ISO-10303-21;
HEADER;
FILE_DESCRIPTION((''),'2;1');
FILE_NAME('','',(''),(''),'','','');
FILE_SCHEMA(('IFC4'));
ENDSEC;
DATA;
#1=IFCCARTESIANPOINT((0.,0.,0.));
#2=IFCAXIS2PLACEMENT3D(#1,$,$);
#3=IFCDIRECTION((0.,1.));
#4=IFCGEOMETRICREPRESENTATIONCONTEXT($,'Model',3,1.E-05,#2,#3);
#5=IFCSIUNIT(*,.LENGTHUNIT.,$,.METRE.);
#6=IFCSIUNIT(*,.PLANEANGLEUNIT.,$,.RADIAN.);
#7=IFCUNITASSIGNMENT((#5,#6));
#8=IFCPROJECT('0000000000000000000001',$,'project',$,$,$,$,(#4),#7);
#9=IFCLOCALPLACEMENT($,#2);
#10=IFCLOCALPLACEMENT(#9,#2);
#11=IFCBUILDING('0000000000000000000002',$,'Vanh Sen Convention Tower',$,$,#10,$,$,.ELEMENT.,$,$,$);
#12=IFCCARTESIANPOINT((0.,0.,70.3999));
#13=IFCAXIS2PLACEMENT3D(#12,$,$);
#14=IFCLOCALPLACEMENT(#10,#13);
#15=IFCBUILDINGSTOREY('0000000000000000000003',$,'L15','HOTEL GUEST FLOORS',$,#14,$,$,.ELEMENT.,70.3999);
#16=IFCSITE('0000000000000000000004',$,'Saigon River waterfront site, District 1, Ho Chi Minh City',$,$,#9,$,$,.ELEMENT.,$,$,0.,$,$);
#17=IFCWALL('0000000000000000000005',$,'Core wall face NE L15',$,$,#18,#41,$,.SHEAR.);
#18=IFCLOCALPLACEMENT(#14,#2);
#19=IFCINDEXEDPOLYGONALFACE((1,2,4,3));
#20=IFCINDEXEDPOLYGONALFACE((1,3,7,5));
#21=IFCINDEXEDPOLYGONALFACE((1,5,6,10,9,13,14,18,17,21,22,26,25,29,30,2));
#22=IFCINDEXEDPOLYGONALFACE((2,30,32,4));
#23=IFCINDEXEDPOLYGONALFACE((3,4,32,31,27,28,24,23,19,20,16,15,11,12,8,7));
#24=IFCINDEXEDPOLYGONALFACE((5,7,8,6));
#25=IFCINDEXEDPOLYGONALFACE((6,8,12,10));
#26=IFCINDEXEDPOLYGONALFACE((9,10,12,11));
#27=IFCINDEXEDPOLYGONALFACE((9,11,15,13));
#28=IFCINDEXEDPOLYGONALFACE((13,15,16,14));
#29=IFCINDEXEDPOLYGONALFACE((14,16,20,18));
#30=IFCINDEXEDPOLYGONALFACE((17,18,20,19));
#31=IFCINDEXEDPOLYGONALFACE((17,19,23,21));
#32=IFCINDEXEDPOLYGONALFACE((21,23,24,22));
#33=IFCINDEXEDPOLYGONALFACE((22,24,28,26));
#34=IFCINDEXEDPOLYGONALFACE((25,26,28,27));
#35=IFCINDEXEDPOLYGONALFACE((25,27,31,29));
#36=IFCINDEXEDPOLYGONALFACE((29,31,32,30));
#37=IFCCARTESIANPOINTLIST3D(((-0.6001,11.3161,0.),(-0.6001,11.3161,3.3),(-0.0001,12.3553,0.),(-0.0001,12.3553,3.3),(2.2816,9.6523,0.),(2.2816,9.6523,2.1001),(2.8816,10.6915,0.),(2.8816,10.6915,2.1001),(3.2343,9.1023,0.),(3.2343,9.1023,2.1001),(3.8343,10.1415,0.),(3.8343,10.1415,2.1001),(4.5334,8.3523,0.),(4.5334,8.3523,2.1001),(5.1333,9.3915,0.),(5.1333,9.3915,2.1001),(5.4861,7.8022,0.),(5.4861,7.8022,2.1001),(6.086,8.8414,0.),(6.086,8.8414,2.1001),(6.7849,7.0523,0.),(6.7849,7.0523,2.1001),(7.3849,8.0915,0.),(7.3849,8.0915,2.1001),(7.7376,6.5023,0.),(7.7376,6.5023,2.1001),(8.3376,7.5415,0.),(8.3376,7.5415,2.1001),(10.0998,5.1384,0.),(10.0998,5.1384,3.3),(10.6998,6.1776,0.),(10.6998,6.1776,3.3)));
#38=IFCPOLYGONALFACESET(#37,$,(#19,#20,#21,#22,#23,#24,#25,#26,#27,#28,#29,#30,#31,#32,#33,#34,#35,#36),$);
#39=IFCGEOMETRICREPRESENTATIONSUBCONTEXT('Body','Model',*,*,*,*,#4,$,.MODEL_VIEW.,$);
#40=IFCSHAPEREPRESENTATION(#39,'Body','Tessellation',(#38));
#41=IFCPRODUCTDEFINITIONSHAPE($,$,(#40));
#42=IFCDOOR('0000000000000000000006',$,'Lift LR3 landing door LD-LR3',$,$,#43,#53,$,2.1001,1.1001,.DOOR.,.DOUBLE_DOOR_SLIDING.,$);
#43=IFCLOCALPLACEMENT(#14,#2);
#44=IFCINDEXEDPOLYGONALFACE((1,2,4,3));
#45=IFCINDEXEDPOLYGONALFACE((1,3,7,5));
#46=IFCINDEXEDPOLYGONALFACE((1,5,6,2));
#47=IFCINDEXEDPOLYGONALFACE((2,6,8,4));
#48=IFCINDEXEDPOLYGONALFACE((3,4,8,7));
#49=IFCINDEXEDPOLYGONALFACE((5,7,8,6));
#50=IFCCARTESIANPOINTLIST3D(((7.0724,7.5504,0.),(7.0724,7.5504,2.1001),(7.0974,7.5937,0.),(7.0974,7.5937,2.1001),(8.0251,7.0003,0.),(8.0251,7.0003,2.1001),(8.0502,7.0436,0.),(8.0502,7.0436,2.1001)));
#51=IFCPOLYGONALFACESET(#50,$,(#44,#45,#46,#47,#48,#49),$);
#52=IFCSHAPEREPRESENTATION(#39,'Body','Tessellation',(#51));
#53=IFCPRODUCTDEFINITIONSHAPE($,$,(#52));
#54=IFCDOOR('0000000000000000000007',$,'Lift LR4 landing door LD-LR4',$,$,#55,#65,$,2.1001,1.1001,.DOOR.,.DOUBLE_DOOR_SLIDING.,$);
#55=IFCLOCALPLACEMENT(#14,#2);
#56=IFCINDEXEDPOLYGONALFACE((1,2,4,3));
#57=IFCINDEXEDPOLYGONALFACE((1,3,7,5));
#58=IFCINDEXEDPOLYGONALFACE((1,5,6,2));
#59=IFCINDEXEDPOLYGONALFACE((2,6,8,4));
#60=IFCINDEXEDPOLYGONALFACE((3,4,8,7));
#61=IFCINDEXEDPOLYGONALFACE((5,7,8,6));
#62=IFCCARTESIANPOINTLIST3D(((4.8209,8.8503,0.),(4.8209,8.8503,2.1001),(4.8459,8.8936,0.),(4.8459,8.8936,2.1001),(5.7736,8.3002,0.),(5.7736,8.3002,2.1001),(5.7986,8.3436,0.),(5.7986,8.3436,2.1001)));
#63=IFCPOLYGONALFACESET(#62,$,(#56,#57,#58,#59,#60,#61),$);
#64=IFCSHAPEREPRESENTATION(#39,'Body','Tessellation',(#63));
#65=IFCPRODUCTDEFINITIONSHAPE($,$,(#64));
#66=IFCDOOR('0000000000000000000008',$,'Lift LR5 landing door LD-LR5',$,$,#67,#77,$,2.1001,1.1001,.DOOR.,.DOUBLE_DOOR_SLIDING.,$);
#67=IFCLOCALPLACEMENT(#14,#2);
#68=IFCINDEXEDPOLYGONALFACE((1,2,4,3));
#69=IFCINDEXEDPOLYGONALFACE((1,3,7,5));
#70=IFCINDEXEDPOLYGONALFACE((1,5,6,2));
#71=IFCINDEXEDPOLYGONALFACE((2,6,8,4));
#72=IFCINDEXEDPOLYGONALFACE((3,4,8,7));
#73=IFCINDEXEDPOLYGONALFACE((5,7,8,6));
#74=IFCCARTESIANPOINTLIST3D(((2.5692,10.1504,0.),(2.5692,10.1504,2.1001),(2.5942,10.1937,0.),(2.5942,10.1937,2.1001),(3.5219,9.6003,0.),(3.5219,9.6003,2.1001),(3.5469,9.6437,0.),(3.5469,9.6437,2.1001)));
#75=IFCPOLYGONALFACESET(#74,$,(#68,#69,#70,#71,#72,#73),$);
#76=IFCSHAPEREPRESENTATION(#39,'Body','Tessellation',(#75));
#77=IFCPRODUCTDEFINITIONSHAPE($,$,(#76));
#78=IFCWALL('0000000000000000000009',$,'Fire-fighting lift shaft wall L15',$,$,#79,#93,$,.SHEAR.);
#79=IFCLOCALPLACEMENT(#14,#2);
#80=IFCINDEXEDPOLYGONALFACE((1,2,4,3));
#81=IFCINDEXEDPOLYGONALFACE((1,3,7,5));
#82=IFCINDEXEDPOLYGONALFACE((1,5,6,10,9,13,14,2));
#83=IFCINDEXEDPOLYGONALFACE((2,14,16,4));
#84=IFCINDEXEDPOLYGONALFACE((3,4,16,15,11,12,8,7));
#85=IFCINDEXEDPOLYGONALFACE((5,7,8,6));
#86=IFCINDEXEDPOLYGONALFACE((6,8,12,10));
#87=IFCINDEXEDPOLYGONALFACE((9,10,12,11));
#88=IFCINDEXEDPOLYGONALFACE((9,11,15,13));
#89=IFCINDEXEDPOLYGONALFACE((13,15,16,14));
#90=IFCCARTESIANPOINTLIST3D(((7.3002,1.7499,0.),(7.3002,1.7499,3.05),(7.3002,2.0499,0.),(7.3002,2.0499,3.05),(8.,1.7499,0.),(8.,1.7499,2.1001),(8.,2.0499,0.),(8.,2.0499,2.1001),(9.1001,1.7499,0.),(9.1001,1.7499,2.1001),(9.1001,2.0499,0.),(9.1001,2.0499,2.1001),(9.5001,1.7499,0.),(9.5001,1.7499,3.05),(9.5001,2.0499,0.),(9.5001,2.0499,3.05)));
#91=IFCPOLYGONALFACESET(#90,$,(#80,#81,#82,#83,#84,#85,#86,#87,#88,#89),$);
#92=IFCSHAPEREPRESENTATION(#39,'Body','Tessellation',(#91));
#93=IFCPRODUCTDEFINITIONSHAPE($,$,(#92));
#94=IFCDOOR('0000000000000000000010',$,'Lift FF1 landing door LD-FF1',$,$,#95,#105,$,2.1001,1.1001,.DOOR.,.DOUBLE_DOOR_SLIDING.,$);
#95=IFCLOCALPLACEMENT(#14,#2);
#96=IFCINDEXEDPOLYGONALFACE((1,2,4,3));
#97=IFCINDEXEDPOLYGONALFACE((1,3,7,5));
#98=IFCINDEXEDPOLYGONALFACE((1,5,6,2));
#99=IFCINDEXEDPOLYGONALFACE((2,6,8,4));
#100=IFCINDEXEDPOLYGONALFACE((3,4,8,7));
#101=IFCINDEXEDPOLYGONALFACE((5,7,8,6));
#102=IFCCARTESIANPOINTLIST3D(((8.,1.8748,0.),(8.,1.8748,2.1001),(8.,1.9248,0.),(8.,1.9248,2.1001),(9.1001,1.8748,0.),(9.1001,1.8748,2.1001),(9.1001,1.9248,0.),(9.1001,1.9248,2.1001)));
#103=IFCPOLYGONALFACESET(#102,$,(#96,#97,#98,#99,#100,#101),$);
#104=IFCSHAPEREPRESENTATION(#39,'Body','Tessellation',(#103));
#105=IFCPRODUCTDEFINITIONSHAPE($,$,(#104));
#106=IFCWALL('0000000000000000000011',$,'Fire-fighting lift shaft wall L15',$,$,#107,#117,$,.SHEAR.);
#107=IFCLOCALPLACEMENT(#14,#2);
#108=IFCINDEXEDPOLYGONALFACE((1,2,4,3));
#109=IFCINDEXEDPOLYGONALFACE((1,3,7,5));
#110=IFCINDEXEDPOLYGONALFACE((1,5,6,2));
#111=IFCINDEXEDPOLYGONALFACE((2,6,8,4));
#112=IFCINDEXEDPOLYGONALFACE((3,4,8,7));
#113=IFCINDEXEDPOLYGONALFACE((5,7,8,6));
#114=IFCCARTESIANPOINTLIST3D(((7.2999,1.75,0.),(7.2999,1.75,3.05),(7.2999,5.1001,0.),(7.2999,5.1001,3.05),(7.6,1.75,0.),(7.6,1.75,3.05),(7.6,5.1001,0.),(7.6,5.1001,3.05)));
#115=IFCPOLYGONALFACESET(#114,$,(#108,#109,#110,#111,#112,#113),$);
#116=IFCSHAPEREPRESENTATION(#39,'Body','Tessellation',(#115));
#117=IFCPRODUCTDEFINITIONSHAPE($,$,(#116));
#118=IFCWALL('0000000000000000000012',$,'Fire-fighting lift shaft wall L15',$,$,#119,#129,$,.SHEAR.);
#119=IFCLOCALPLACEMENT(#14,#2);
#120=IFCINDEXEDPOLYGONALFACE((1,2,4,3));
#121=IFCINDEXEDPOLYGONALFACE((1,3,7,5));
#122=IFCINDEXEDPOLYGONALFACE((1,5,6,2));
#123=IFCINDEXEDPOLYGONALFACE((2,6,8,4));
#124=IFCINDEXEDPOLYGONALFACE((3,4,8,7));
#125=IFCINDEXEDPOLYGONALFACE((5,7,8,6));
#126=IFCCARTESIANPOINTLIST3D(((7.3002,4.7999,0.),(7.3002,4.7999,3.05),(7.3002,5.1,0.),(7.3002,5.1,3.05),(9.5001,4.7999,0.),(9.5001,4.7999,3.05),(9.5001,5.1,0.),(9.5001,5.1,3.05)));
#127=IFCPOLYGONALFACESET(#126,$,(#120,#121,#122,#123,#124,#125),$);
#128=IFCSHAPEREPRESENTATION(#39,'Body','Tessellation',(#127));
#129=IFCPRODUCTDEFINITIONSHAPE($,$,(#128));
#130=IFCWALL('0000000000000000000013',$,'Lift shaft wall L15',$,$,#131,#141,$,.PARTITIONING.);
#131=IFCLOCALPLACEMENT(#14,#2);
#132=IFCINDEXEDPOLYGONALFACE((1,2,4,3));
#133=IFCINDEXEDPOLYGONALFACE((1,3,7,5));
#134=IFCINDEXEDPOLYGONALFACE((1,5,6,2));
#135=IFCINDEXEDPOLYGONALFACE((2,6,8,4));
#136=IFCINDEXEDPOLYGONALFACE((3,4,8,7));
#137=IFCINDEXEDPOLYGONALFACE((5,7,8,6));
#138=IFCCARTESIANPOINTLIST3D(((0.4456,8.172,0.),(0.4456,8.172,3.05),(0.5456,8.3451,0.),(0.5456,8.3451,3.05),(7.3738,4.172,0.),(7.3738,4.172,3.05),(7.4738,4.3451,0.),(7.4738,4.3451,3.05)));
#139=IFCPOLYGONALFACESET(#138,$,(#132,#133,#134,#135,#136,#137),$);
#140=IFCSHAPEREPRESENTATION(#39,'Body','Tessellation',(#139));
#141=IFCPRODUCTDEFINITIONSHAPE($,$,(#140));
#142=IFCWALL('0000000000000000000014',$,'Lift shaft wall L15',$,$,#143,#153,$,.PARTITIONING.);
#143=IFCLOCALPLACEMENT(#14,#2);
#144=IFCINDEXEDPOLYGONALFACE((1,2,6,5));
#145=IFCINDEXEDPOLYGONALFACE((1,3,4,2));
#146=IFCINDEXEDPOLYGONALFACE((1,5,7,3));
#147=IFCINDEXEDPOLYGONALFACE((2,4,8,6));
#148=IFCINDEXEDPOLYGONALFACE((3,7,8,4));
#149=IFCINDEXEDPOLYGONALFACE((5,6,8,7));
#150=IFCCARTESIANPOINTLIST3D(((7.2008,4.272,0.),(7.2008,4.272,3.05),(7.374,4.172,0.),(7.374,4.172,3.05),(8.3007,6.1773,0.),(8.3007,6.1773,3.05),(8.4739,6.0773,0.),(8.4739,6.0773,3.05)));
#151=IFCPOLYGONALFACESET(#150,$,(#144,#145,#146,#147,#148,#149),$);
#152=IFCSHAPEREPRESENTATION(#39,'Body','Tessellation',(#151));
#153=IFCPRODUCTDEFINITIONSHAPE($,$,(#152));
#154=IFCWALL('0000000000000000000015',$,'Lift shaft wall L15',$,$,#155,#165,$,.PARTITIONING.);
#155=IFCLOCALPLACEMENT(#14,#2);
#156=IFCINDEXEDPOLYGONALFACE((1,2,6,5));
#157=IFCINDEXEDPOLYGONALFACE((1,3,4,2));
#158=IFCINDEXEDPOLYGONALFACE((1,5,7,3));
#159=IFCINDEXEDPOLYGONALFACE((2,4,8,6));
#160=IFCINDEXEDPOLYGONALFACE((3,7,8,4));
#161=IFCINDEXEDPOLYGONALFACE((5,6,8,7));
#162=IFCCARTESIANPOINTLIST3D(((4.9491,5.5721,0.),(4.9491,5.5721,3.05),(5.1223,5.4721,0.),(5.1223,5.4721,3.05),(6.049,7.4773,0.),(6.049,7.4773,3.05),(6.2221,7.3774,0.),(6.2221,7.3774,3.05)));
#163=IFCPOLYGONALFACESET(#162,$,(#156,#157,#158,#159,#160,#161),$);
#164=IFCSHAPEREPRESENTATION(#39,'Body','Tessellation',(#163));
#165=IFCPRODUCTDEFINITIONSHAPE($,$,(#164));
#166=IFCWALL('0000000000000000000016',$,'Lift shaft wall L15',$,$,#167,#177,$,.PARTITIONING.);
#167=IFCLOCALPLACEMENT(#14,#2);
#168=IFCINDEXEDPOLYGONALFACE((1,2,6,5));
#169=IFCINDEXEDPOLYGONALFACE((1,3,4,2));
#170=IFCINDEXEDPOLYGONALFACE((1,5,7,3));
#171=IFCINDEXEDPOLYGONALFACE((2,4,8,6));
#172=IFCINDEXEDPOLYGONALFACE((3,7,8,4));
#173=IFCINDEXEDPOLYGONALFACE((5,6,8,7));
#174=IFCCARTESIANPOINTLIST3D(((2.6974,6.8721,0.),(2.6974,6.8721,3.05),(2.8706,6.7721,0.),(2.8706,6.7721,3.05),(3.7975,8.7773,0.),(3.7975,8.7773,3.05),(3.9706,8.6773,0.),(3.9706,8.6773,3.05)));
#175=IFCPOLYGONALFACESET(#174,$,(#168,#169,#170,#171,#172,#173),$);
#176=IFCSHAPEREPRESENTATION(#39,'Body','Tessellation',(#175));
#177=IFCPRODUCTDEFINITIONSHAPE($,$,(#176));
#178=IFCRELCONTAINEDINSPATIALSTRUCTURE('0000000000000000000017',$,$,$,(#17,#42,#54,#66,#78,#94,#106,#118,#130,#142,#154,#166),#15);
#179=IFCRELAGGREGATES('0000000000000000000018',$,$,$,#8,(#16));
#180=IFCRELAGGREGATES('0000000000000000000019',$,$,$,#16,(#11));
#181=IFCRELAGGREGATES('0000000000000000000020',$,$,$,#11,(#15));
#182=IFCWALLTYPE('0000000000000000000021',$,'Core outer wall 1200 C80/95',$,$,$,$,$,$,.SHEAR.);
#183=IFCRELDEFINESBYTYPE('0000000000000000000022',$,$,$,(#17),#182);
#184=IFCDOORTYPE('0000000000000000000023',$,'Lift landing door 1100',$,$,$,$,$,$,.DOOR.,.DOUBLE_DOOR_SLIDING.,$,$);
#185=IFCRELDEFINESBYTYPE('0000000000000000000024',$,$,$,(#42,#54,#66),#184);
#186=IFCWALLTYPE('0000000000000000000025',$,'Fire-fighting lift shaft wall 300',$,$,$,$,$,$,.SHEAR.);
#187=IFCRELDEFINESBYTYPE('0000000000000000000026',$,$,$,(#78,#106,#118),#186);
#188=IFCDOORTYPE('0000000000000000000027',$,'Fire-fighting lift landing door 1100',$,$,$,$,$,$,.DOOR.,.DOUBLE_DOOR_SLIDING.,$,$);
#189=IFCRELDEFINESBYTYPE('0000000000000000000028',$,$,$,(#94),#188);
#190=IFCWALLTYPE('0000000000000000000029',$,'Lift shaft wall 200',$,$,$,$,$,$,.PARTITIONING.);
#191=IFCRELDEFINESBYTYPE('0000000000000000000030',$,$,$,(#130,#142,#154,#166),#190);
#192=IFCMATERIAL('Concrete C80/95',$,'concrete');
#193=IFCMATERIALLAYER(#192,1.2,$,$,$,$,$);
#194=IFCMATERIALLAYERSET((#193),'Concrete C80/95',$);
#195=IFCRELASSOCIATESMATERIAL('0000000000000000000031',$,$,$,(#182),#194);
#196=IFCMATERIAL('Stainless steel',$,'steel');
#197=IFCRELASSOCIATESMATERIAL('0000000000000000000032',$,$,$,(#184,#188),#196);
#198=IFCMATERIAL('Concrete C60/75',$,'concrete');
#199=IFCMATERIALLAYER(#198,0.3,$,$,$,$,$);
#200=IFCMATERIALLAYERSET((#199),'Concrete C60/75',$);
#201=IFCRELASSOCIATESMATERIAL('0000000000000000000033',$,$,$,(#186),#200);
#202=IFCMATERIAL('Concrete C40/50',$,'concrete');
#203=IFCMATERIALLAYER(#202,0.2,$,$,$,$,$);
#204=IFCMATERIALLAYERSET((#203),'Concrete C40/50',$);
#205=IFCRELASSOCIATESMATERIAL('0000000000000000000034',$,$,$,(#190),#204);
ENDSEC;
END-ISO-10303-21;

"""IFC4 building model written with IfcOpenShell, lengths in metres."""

from ifc_helpers import new_model, si_unit, direction, frame, frame_2d, origin, place, context, subcontext, project, spatial, rectangle, extrude, material, layer, layer_set, type_object, element, fill, save


model = new_model("IFC4")

# Units and contexts
model_context = context("Model", 3, precision=1e-05, world=origin(), true_north=direction((0.0, 1.0)))
body_context = subcontext(model_context, "Body", "Model", "MODEL_VIEW")
ifc_project = project(units=[si_unit("LENGTHUNIT", "METRE"), si_unit("PLANEANGLEUNIT", "RADIAN")], contexts=[model_context])

# Site, building, storey
site_placement = place(None, origin())
site = spatial("IfcSite", under=ifc_project, at=site_placement, Name="Saigon River waterfront site, District 1, Ho Chi Minh City", CompositionType="ELEMENT", RefElevation=0.0)
building_placement = place(site_placement, origin())
building = spatial("IfcBuilding", under=site, at=building_placement, Name="Vanh Sen Convention Tower", CompositionType="ELEMENT")
storey_placement = place(building_placement, frame((0.0, 0.0, 70.3999)))
storey = spatial("IfcBuildingStorey", under=building, at=storey_placement, Name="L15", Description="HOTEL GUEST FLOORS", CompositionType="ELEMENT", Elevation=70.3999)

# Wall, openings, doors
ifc_material_1 = material(Name="Concrete C80/95", Category="concrete")
ifc_layer_1 = layer(ifc_material_1, 1.2)
ifc_layer_set_1 = layer_set([ifc_layer_1], Name="Concrete C80/95")
wall_type_1 = type_object("IfcWallType", Name="Core outer wall 1200 C80/95", PredefinedType="SHEAR", material=ifc_layer_set_1)
wall_1_placement = place(storey_placement, frame((10.3999, 5.658, 0.0), z_axis=(0.0, 0.0, 1.0), x_axis=(-0.866021, 0.500007, 0.0)))
wall_1 = element("IfcWall", 1, at=wall_1_placement, inside=storey, type_object=wall_type_1, Name="Core wall face NE L15", PredefinedType="SHEAR", context=body_context, shape_type="SweptSolid", body=[
    extrude(rectangle(XDim=12.3552, YDim=1.2, at=frame_2d((6.1777, 0.0))), origin(), (0.0, 0.0, 1.0), 3.3),
])
opening_1_placement = place(wall_1_placement, frame((2.7278, 0.0, 0.0)))
opening_1 = element("IfcOpeningElement", 2, at=opening_1_placement, cuts=wall_1, PredefinedType="OPENING", context=body_context, shape_type="SweptSolid", body=[
    extrude(rectangle(XDim=1.1001, YDim=2.1001, at=frame_2d((0.55, 1.05))), frame((0.0, 0.6099, 0.0), z_axis=(0.0, -1.0, 0.0), x_axis=(1.0, 0.0, 0.0)), (0.0, 0.0, 1.0), 1.22),
])
opening_2_placement = place(wall_1_placement, frame((5.3276, 0.0, 0.0)))
opening_2 = element("IfcOpeningElement", 3, at=opening_2_placement, cuts=wall_1, PredefinedType="OPENING", context=body_context, shape_type="SweptSolid", body=[
    extrude(rectangle(XDim=1.1001, YDim=2.1001, at=frame_2d((0.55, 1.05))), frame((0.0, 0.6099, 0.0), z_axis=(0.0, -1.0, 0.0), x_axis=(1.0, 0.0, 0.0)), (0.0, 0.0, 1.0), 1.22),
])
opening_3_placement = place(wall_1_placement, frame((7.9277, 0.0, 0.0)))
opening_3 = element("IfcOpeningElement", 4, at=opening_3_placement, cuts=wall_1, PredefinedType="OPENING", context=body_context, shape_type="SweptSolid", body=[
    extrude(rectangle(XDim=1.1001, YDim=2.1001, at=frame_2d((0.55, 1.05))), frame((0.0, 0.6099, 0.0), z_axis=(0.0, -1.0, 0.0), x_axis=(1.0, 0.0, 0.0)), (0.0, 0.0, 1.0), 1.22),
])
ifc_material_2 = material(Name="Stainless steel", Category="steel")
door_type_1 = type_object("IfcDoorType", Name="Lift landing door 1100", OperationType="DOUBLE_DOOR_SLIDING", PredefinedType="DOOR", material=ifc_material_2)
door_1_placement = place(opening_1_placement, origin())
door_1 = element("IfcDoor", 5, at=door_1_placement, inside=storey, type_object=door_type_1, Name="Lift LR3 landing door LD-LR3", OperationType="DOUBLE_DOOR_SLIDING", OverallHeight=2.1001, OverallWidth=1.1001, PredefinedType="DOOR", context=body_context, shape_type="SweptSolid", body=[
    extrude(rectangle(XDim=1.1001, YDim=2.1001, at=frame_2d((0.55, 1.05))), frame((0.0, 0.0249, 0.0), z_axis=(0.0, -1.0, 0.0), x_axis=(1.0, 0.0, 0.0)), (0.0, 0.0, 1.0), 0.05),
])
fill(opening_1, door_1)
door_2_placement = place(opening_2_placement, origin())
door_2 = element("IfcDoor", 6, at=door_2_placement, inside=storey, type_object=door_type_1, Name="Lift LR4 landing door LD-LR4", OperationType="DOUBLE_DOOR_SLIDING", OverallHeight=2.1001, OverallWidth=1.1001, PredefinedType="DOOR", context=body_context, shape_type="SweptSolid", body=[
    extrude(rectangle(XDim=1.1001, YDim=2.1001, at=frame_2d((0.55, 1.05))), frame((0.0, 0.0249, 0.0), z_axis=(0.0, -1.0, 0.0), x_axis=(1.0, 0.0, 0.0)), (0.0, 0.0, 1.0), 0.05),
])
fill(opening_2, door_2)
door_3_placement = place(opening_3_placement, origin())
door_3 = element("IfcDoor", 7, at=door_3_placement, inside=storey, type_object=door_type_1, Name="Lift LR5 landing door LD-LR5", OperationType="DOUBLE_DOOR_SLIDING", OverallHeight=2.1001, OverallWidth=1.1001, PredefinedType="DOOR", context=body_context, shape_type="SweptSolid", body=[
    extrude(rectangle(XDim=1.1001, YDim=2.1001, at=frame_2d((0.55, 1.05))), frame((0.0, 0.0249, 0.0), z_axis=(0.0, -1.0, 0.0), x_axis=(1.0, 0.0, 0.0)), (0.0, 0.0, 1.0), 0.05),
])
fill(opening_3, door_3)

# Wall, opening, door
ifc_material_3 = material(Name="Concrete C60/75", Category="concrete")
ifc_layer_2 = layer(ifc_material_3, 0.3)
ifc_layer_set_2 = layer_set([ifc_layer_2], Name="Concrete C60/75")
wall_type_2 = type_object("IfcWallType", Name="Fire-fighting lift shaft wall 300", PredefinedType="SHEAR", material=ifc_layer_set_2)
wall_2_placement = place(storey_placement, frame((7.3, 1.8999, 0.0), z_axis=(0.0, 0.0, 1.0), x_axis=(1.0, 0.0, 0.0)))
wall_2 = element("IfcWall", 8, at=wall_2_placement, inside=storey, type_object=wall_type_2, Name="Fire-fighting lift shaft wall L15", PredefinedType="SHEAR", context=body_context, shape_type="SweptSolid", body=[
    extrude(rectangle(XDim=2.2, YDim=0.3, at=frame_2d((1.1001, 0.0))), origin(), (0.0, 0.0, 1.0), 3.05),
])
opening_4_placement = place(wall_2_placement, frame((0.7, 0.0, 0.0)))
opening_4 = element("IfcOpeningElement", 9, at=opening_4_placement, cuts=wall_2, PredefinedType="OPENING", context=body_context, shape_type="SweptSolid", body=[
    extrude(rectangle(XDim=1.1001, YDim=2.1001, at=frame_2d((0.55, 1.05))), frame((0.0, 0.1599, 0.0), z_axis=(0.0, -1.0, 0.0), x_axis=(1.0, 0.0, 0.0)), (0.0, 0.0, 1.0), 0.3201),
])
door_type_2 = type_object("IfcDoorType", Name="Fire-fighting lift landing door 1100", OperationType="DOUBLE_DOOR_SLIDING", PredefinedType="DOOR", material=ifc_material_2)
door_4_placement = place(opening_4_placement, origin())
door_4 = element("IfcDoor", 10, at=door_4_placement, inside=storey, type_object=door_type_2, Name="Lift FF1 landing door LD-FF1", OperationType="DOUBLE_DOOR_SLIDING", OverallHeight=2.1001, OverallWidth=1.1001, PredefinedType="DOOR", context=body_context, shape_type="SweptSolid", body=[
    extrude(rectangle(XDim=1.1001, YDim=2.1001, at=frame_2d((0.55, 1.05))), frame((0.0, 0.0249, 0.0), z_axis=(0.0, -1.0, 0.0), x_axis=(1.0, 0.0, 0.0)), (0.0, 0.0, 1.0), 0.05),
])
fill(opening_4, door_4)

# Walls
wall_3_placement = place(storey_placement, frame((7.45, 1.75, 0.0), z_axis=(0.0, 0.0, 1.0), x_axis=(0.0, 1.0, 0.0)))
element("IfcWall", 11, at=wall_3_placement, inside=storey, type_object=wall_type_2, Name="Fire-fighting lift shaft wall L15", PredefinedType="SHEAR", context=body_context, shape_type="SweptSolid", body=[
    extrude(rectangle(XDim=3.3501, YDim=0.3, at=frame_2d((1.675, 0.0))), origin(), (0.0, 0.0, 1.0), 3.05),
])
wall_4_placement = place(storey_placement, frame((7.3, 4.95, 0.0), z_axis=(0.0, 0.0, 1.0), x_axis=(1.0, 0.0, 0.0)))
element("IfcWall", 12, at=wall_4_placement, inside=storey, type_object=wall_type_2, Name="Fire-fighting lift shaft wall L15", PredefinedType="SHEAR", context=body_context, shape_type="SweptSolid", body=[
    extrude(rectangle(XDim=2.2, YDim=0.3, at=frame_2d((1.1001, 0.0))), origin(), (0.0, 0.0, 1.0), 3.05),
])
ifc_material_4 = material(Name="Concrete C40/50", Category="concrete")
ifc_layer_3 = layer(ifc_material_4, 0.2)
ifc_layer_set_3 = layer_set([ifc_layer_3], Name="Concrete C40/50")
wall_type_3 = type_object("IfcWallType", Name="Lift shaft wall 200", PredefinedType="PARTITIONING", material=ifc_layer_set_3)
wall_5_placement = place(storey_placement, frame((7.4238, 4.2585, 0.0), z_axis=(0.0, 0.0, 1.0), x_axis=(-0.866026, 0.499999, 0.0)))
element("IfcWall", 13, at=wall_5_placement, inside=storey, type_object=wall_type_3, Name="Lift shaft wall L15", PredefinedType="PARTITIONING", context=body_context, shape_type="SweptSolid", body=[
    extrude(rectangle(XDim=8.0, YDim=0.2, at=frame_2d((4.0, 0.0))), origin(), (0.0, 0.0, 1.0), 3.05),
])
for number, where, z_axis, x_axis, name in (
    (14, (7.2874, 4.2219, 0.0), (0.0, 0.0, 1.0), (0.499947, 0.866056, 0.0), "Lift shaft wall L15"),
    (15, (5.0356, 5.522, 0.0), (0.0, 0.0, 1.0), (0.499947, 0.866056, 0.0), "Lift shaft wall L15"),
    (16, (2.7839, 6.822, 0.0), (0.0, 0.0, 1.0), (0.50003, 0.866008, 0.0), "Lift shaft wall L15"),
):
    element("IfcWall", number, at=place(storey_placement, frame(where, z_axis=z_axis, x_axis=x_axis)), inside=storey, type_object=wall_type_3, Name=name, PredefinedType="PARTITIONING", context=body_context, shape_type="SweptSolid", body=[
        extrude(rectangle(XDim=2.2, YDim=0.2, at=frame_2d((1.1001, 0.0))), origin(), (0.0, 0.0, 1.0), 3.05),
    ])

save(model, "model.ifc")
